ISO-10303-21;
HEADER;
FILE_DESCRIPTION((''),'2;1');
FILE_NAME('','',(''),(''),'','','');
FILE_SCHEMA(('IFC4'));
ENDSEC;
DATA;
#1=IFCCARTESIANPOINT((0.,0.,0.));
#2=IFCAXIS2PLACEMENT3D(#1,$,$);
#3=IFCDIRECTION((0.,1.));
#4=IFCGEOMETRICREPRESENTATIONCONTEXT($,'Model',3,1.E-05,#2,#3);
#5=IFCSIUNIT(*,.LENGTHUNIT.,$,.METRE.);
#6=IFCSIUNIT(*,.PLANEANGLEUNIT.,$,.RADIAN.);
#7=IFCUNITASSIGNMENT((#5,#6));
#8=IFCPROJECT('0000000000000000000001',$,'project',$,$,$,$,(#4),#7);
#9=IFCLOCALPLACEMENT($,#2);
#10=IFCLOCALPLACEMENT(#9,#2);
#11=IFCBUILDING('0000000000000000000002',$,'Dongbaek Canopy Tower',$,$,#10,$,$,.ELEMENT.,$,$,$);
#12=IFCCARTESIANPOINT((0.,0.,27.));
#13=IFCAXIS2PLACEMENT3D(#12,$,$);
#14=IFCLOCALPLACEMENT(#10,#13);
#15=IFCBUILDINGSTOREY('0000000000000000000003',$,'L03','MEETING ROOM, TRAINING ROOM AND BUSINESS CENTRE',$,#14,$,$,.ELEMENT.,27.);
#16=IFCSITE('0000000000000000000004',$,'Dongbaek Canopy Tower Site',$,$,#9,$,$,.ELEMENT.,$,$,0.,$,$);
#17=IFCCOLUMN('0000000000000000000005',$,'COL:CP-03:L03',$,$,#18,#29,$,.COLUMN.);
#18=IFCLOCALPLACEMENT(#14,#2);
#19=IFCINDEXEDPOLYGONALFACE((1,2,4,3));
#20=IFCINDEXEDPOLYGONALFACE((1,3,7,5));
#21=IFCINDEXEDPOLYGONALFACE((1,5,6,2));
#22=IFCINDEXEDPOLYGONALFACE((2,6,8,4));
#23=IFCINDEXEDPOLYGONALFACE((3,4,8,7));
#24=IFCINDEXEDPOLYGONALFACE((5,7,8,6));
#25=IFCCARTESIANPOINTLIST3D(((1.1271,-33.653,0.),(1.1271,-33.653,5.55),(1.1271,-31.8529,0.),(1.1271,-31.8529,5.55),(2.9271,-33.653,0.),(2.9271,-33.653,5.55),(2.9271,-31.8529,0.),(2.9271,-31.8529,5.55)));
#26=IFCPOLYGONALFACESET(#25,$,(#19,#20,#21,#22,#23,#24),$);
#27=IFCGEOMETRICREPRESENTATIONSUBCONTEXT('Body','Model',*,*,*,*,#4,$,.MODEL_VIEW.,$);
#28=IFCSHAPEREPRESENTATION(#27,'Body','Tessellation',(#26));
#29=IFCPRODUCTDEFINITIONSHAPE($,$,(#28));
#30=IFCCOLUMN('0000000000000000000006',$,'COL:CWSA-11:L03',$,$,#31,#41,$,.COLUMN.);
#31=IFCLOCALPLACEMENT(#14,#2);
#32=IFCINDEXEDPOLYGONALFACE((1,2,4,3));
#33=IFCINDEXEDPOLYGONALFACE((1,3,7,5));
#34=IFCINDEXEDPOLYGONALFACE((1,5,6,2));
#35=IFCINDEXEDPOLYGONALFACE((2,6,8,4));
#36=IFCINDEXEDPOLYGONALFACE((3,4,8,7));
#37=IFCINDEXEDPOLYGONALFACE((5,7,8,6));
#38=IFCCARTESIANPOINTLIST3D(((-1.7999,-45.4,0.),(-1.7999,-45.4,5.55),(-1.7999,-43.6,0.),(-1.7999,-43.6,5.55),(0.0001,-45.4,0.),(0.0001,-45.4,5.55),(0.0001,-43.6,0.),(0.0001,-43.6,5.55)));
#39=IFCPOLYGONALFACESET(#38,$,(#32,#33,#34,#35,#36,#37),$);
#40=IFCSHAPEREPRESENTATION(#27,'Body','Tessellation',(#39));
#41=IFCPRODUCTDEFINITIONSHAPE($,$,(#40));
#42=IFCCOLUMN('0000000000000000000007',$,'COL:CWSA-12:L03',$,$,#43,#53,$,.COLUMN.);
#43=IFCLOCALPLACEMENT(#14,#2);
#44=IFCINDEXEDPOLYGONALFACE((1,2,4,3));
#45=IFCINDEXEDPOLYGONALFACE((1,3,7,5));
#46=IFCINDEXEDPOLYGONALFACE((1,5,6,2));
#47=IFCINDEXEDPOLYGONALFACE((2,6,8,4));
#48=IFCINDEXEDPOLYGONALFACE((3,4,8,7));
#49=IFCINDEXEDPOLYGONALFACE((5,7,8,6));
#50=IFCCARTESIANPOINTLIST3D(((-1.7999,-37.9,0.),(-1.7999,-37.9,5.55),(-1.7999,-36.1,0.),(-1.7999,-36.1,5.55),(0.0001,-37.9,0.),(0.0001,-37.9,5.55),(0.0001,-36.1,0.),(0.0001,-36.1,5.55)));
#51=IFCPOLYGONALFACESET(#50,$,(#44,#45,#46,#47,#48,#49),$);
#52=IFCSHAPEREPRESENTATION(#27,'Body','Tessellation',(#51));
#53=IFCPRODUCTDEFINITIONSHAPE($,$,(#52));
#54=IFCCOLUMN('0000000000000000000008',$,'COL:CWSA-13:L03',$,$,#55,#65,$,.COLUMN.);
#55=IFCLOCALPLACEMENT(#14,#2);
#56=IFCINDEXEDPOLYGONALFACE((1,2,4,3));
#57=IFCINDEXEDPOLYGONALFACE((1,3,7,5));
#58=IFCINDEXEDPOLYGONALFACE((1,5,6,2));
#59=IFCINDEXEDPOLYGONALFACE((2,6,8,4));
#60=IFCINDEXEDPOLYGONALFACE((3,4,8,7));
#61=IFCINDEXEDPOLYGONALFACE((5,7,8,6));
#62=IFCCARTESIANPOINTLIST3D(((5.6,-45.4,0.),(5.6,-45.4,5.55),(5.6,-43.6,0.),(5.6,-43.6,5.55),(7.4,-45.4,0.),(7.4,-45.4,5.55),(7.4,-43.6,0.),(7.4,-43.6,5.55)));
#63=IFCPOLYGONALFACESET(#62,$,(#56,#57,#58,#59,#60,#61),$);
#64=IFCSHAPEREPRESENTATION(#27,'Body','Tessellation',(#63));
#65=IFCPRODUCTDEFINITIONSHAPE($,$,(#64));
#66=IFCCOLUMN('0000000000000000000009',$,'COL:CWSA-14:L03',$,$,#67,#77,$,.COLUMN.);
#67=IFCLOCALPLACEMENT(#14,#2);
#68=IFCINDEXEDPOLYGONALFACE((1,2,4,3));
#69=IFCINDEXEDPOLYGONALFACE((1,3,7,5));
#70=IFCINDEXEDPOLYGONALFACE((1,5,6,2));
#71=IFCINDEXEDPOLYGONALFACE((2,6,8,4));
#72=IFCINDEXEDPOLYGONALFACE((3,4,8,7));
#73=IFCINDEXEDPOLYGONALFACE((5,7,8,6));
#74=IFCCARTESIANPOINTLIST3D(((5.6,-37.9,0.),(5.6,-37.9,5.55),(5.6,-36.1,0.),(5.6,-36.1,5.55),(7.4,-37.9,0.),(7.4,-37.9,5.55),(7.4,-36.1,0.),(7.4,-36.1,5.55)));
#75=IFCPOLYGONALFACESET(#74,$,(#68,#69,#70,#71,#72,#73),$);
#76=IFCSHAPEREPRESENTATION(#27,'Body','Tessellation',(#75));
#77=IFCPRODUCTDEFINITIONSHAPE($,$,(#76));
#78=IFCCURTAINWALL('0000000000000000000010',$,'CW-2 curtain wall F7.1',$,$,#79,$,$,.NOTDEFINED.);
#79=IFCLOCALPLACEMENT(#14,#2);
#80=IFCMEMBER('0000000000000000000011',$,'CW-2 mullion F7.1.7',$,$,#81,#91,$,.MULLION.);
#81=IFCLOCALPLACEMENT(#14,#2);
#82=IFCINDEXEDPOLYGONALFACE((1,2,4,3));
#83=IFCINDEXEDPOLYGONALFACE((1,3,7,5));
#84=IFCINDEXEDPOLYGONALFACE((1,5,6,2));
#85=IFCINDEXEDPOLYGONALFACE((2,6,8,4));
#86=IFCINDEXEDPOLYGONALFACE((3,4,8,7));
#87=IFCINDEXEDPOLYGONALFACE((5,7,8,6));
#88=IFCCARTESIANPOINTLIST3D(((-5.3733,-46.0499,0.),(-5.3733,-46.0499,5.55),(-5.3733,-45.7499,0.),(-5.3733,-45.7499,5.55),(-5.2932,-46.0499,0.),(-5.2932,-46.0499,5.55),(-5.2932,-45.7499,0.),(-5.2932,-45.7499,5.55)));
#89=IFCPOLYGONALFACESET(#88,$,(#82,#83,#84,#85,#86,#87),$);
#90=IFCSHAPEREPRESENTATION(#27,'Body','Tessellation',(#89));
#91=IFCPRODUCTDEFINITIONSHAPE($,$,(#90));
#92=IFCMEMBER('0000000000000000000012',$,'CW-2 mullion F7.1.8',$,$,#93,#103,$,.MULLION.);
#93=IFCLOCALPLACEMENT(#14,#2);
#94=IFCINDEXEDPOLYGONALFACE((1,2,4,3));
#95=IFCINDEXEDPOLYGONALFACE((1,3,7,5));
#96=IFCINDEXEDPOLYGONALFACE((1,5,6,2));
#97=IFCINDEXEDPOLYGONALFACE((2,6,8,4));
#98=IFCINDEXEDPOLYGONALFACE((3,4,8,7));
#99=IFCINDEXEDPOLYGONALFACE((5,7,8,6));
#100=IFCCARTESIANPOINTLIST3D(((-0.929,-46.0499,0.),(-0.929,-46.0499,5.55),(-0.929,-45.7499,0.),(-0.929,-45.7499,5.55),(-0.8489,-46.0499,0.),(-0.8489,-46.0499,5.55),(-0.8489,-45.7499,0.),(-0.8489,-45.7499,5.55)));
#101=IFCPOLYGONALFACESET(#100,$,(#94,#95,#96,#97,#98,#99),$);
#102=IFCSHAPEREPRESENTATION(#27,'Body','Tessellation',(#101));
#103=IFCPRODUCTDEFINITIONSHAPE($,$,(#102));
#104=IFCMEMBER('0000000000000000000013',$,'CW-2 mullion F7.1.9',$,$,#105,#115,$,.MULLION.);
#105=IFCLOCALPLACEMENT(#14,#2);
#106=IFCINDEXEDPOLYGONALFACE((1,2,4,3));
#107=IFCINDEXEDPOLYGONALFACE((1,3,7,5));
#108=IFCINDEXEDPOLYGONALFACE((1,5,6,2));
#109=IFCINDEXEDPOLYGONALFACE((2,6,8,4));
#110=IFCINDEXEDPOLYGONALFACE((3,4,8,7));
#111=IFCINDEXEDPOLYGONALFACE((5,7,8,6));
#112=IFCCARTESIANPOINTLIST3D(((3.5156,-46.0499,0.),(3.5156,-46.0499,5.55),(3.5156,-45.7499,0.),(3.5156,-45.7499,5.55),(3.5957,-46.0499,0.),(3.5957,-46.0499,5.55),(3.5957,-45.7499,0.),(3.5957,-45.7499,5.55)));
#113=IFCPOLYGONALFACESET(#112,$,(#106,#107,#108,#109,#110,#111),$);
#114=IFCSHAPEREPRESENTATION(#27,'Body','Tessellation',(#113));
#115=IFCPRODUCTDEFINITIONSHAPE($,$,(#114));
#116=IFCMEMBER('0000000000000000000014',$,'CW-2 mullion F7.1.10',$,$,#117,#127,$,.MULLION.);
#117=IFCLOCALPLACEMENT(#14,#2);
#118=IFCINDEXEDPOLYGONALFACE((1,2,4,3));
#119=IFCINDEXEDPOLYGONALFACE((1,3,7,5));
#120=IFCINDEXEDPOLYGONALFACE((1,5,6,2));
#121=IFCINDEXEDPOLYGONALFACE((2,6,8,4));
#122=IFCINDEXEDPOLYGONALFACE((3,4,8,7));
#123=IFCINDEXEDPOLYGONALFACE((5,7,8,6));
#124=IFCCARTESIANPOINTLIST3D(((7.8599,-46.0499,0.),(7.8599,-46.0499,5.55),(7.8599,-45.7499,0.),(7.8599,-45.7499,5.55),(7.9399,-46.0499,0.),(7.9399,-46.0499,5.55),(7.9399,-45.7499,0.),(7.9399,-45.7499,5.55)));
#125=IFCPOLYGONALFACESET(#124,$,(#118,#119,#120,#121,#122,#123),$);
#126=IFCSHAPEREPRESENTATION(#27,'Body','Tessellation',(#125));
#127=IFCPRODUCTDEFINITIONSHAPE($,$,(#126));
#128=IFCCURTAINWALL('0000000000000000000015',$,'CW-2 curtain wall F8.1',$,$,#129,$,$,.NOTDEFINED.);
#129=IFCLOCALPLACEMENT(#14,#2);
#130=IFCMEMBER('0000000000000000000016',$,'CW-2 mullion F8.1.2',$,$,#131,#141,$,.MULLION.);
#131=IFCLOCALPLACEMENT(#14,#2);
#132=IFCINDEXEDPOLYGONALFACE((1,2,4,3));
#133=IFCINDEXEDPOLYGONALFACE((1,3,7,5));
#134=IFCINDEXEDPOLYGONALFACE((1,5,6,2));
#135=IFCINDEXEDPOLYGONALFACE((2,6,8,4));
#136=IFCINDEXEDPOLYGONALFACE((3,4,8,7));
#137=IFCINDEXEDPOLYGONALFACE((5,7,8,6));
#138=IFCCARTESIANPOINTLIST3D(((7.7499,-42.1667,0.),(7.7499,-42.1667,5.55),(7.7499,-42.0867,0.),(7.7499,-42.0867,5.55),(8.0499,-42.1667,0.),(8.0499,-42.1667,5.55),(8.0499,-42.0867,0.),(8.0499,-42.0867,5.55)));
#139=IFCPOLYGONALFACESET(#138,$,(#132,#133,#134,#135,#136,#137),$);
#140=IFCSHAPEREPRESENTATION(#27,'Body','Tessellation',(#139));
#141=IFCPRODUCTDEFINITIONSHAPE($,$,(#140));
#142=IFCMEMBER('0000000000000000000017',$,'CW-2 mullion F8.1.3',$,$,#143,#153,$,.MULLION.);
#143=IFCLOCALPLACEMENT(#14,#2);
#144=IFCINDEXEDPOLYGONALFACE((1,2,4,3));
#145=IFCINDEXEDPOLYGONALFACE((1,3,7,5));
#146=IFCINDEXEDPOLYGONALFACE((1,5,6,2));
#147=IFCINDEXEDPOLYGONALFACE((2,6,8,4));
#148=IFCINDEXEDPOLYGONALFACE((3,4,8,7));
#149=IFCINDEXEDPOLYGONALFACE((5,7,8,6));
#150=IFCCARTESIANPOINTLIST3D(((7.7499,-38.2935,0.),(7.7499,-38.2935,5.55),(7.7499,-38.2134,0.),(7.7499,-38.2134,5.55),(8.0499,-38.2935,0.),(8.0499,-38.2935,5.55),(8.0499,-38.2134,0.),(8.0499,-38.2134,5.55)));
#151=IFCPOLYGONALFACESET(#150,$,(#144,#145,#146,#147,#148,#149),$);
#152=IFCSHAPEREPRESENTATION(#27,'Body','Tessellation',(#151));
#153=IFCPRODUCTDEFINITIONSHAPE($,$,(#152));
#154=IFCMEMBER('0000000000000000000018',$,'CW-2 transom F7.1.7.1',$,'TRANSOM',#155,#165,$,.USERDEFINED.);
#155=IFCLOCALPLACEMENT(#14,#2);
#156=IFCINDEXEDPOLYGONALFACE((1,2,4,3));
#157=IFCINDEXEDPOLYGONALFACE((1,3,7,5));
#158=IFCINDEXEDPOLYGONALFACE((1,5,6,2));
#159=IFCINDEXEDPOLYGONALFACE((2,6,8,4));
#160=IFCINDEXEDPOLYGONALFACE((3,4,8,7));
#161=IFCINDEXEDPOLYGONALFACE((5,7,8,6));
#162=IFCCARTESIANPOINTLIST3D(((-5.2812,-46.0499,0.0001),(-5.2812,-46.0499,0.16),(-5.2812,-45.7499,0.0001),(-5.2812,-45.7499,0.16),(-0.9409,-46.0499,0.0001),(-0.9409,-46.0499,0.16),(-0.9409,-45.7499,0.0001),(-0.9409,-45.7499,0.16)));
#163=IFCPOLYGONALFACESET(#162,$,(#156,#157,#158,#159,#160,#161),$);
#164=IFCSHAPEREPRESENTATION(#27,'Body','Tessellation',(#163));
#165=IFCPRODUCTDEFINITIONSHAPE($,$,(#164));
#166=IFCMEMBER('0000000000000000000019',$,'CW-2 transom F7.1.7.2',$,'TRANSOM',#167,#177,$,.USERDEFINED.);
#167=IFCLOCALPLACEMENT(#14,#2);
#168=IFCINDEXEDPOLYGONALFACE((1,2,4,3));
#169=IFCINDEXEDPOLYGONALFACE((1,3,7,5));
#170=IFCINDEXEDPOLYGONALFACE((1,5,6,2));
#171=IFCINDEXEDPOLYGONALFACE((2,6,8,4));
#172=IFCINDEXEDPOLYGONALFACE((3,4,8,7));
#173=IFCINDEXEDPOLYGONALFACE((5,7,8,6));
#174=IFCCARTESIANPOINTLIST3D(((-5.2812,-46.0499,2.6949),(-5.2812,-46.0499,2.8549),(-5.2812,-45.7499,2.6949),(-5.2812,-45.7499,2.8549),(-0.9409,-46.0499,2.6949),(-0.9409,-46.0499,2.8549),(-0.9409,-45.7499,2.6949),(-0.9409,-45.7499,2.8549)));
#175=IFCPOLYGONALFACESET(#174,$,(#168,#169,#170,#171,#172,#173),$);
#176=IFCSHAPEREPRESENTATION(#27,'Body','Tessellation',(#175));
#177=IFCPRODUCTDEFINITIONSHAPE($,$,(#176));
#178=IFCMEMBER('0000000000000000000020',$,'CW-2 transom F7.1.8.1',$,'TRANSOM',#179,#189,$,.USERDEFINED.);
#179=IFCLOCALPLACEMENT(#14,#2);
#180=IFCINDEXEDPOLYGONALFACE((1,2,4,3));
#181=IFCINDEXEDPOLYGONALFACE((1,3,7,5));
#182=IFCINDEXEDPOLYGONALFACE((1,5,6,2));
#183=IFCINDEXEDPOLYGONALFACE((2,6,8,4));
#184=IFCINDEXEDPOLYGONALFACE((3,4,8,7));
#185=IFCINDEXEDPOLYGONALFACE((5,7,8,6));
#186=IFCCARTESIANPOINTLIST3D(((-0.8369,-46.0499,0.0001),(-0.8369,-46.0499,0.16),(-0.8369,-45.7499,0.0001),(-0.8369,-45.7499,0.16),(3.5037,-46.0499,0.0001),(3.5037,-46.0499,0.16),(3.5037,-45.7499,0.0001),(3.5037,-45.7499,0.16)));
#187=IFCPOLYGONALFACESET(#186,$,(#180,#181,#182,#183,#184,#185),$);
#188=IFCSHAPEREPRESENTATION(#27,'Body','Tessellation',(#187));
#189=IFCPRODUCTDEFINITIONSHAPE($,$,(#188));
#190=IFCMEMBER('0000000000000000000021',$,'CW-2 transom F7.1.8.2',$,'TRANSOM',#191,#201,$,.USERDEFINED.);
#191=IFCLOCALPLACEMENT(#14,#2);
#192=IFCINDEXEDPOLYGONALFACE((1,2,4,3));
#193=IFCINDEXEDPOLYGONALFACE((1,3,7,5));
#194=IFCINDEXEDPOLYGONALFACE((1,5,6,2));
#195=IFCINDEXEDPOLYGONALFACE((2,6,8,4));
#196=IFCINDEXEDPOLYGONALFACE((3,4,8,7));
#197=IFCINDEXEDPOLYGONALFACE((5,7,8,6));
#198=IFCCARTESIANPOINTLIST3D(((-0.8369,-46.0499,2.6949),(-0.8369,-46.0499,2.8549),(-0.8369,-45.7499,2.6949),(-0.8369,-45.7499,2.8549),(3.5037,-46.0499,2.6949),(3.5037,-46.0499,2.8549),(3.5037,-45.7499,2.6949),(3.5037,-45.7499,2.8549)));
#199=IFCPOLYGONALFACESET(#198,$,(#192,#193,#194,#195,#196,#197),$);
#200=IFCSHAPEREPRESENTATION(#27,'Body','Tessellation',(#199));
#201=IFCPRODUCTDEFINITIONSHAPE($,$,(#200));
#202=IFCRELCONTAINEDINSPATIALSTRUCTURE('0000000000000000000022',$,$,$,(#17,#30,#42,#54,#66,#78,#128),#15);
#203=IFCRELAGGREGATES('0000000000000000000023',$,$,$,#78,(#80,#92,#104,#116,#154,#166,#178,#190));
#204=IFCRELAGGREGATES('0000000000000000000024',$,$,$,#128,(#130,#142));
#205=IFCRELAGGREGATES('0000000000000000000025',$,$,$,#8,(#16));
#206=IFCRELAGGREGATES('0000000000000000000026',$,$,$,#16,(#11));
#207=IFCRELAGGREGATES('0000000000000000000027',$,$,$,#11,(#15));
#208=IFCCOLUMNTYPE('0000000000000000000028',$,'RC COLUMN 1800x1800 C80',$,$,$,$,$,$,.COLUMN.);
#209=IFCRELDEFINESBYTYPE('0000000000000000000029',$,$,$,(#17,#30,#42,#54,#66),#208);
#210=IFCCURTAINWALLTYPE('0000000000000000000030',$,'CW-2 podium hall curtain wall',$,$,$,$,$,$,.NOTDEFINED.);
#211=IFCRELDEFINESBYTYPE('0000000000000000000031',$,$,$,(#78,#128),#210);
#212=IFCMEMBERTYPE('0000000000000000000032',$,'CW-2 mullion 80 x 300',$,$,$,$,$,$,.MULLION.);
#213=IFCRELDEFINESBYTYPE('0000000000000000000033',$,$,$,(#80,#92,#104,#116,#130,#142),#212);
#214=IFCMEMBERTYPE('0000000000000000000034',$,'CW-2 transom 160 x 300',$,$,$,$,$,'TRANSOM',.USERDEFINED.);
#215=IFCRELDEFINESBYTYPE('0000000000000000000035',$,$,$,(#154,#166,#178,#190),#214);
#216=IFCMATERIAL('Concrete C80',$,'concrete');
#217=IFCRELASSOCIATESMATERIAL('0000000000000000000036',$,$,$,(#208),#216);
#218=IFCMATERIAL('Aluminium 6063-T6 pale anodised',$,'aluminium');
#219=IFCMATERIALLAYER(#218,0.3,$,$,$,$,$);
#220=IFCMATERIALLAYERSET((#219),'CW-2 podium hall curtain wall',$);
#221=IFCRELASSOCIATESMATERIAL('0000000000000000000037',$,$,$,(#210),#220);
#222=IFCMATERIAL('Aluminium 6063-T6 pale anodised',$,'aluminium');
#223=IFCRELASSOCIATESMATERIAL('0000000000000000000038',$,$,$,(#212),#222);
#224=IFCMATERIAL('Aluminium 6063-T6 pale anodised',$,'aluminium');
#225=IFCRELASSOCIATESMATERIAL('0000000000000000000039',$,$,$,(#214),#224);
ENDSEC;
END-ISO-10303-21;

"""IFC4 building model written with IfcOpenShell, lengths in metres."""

from ifc_helpers import new_model, si_unit, direction, frame, origin, origin_2d, place, context, subcontext, project, spatial, rectangle, extrude, material, layer, layer_set, material_profile, profile_set, type_object, element, aggregate, save


model = new_model("IFC4")

# Units and contexts
model_context = context("Model", 3, precision=1e-05, world=origin(), true_north=direction((0.0, 1.0)))
body_context = subcontext(model_context, "Body", "Model", "MODEL_VIEW")
ifc_project = project(units=[si_unit("LENGTHUNIT", "METRE"), si_unit("PLANEANGLEUNIT", "RADIAN")], contexts=[model_context])

# Site, building, storey
site_placement = place(None, origin())
site = spatial("IfcSite", under=ifc_project, at=site_placement, Name="Dongbaek Canopy Tower Site", CompositionType="ELEMENT", RefElevation=0.0)
building_placement = place(site_placement, origin())
building = spatial("IfcBuilding", under=site, at=building_placement, Name="Dongbaek Canopy Tower", CompositionType="ELEMENT")
storey_placement = place(building_placement, frame((0.0, 0.0, 27.0)))
storey = spatial("IfcBuildingStorey", under=building, at=storey_placement, Name="L03", Description="MEETING ROOM, TRAINING ROOM AND BUSINESS CENTRE", CompositionType="ELEMENT", Elevation=27.0)

# Columns
ifc_material_1 = material(Name="Concrete C80", Category="concrete")
ifc_material_profile_1 = material_profile(ifc_material_1, rectangle(XDim=1.8, YDim=1.8, at=origin_2d()), Name="RC COLUMN 1800x1800 C80")
ifc_profile_set_1 = profile_set([ifc_material_profile_1], Name="Concrete C80")
column_type = type_object("IfcColumnType", Name="RC COLUMN 1800x1800 C80", PredefinedType="COLUMN", material=ifc_profile_set_1)
for number, where, z_axis, x_axis, name in (
    (1, (2.0271, -32.7529, 0.0), (0.0, 0.0, 1.0), (1.0, 0.0, 0.0), "COL:CP-03:L03"),
    (2, (-0.8999, -44.5, 0.0), (0.0, 0.0, 1.0), (1.0, 0.0, 0.0), "COL:CWSA-11:L03"),
    (3, (-0.8999, -37.0, 0.0), (0.0, 0.0, 1.0), (1.0, 0.0, 0.0), "COL:CWSA-12:L03"),
    (4, (6.5, -44.5, 0.0), (0.0, 0.0, 1.0), (1.0, 0.0, 0.0), "COL:CWSA-13:L03"),
    (5, (6.5, -37.0, 0.0), (0.0, 0.0, 1.0), (1.0, 0.0, 0.0), "COL:CWSA-14:L03"),
):
    element("IfcColumn", number, at=place(storey_placement, frame(where, z_axis=z_axis, x_axis=x_axis)), inside=storey, type_object=column_type, Name=name, PredefinedType="COLUMN", context=body_context, shape_type="SweptSolid", body=[
        extrude(rectangle(XDim=1.8, YDim=1.8, at=origin_2d()), origin(), (0.0, 0.0, 1.0), 5.55),
    ])

# Curtain walls, members
ifc_material_2 = material(Name="Aluminium 6063-T6 pale anodised", Category="aluminium")
ifc_layer_1 = layer(ifc_material_2, 0.3)
ifc_layer_set_1 = layer_set([ifc_layer_1], Name="CW-2 podium hall curtain wall")
curtain_wall_type = type_object("IfcCurtainWallType", Name="CW-2 podium hall curtain wall", PredefinedType="NOTDEFINED", material=ifc_layer_set_1)
curtain_wall_1_placement = place(storey_placement, origin())
curtain_wall_1 = element("IfcCurtainWall", 6, at=curtain_wall_1_placement, inside=storey, type_object=curtain_wall_type, Name="CW-2 curtain wall F7.1", PredefinedType="NOTDEFINED")
ifc_material_3 = material(Name="Aluminium 6063-T6 pale anodised", Category="aluminium")
ifc_material_profile_2 = material_profile(ifc_material_3, rectangle(XDim=0.3, YDim=0.0801, at=origin_2d()), Name="CW-2 mullion 80 x 300")
ifc_profile_set_2 = profile_set([ifc_material_profile_2], Name="Aluminium 6063-T6 pale anodised")
member_type_1 = type_object("IfcMemberType", Name="CW-2 mullion 80 x 300", PredefinedType="MULLION", material=ifc_profile_set_2)
member_1_placement = place(storey_placement, frame((-5.3333, -45.8999, 0.0), z_axis=(0.0, 0.0, 1.0), x_axis=(0.0, -1.0, 0.0)))
member_1 = element("IfcMember", 7, at=member_1_placement, type_object=member_type_1, Name="CW-2 mullion F7.1.7", PredefinedType="MULLION", context=body_context, shape_type="SweptSolid", body=[
    extrude(rectangle(XDim=0.3, YDim=0.0801, at=origin_2d()), origin(), (0.0, 0.0, 1.0), 5.55),
])
member_2_placement = place(storey_placement, frame((-0.8889, -45.8999, 0.0), z_axis=(0.0, 0.0, 1.0), x_axis=(0.0, -1.0, 0.0)))
member_2 = element("IfcMember", 8, at=member_2_placement, type_object=member_type_1, Name="CW-2 mullion F7.1.8", PredefinedType="MULLION", context=body_context, shape_type="SweptSolid", body=[
    extrude(rectangle(XDim=0.3, YDim=0.0801, at=origin_2d()), origin(), (0.0, 0.0, 1.0), 5.55),
])
member_3_placement = place(storey_placement, frame((3.5557, -45.8999, 0.0), z_axis=(0.0, 0.0, 1.0), x_axis=(0.0, -1.0, 0.0)))
member_3 = element("IfcMember", 9, at=member_3_placement, type_object=member_type_1, Name="CW-2 mullion F7.1.9", PredefinedType="MULLION", context=body_context, shape_type="SweptSolid", body=[
    extrude(rectangle(XDim=0.3, YDim=0.0801, at=origin_2d()), origin(), (0.0, 0.0, 1.0), 5.55),
])
member_4_placement = place(storey_placement, frame((7.8999, -45.8999, 0.0), z_axis=(0.0, 0.0, 1.0), x_axis=(0.0, -1.0, 0.0)))
member_4 = element("IfcMember", 10, at=member_4_placement, type_object=member_type_1, Name="CW-2 mullion F7.1.10", PredefinedType="MULLION", context=body_context, shape_type="SweptSolid", body=[
    extrude(rectangle(XDim=0.3, YDim=0.0801, at=origin_2d()), origin(), (0.0, 0.0, 1.0), 5.55),
])
curtain_wall_2_placement = place(storey_placement, origin())
curtain_wall_2 = element("IfcCurtainWall", 11, at=curtain_wall_2_placement, inside=storey, type_object=curtain_wall_type, Name="CW-2 curtain wall F8.1", PredefinedType="NOTDEFINED")
member_5_placement = place(storey_placement, frame((7.8999, -42.1267, 0.0), z_axis=(0.0, 0.0, 1.0), x_axis=(1.0, 0.0, 0.0)))
member_5 = element("IfcMember", 12, at=member_5_placement, type_object=member_type_1, Name="CW-2 mullion F8.1.2", PredefinedType="MULLION", context=body_context, shape_type="SweptSolid", body=[
    extrude(rectangle(XDim=0.3, YDim=0.0801, at=origin_2d()), origin(), (0.0, 0.0, 1.0), 5.55),
])
member_6_placement = place(storey_placement, frame((7.8999, -38.2534, 0.0), z_axis=(0.0, 0.0, 1.0), x_axis=(1.0, 0.0, 0.0)))
member_6 = element("IfcMember", 13, at=member_6_placement, type_object=member_type_1, Name="CW-2 mullion F8.1.3", PredefinedType="MULLION", context=body_context, shape_type="SweptSolid", body=[
    extrude(rectangle(XDim=0.3, YDim=0.0801, at=origin_2d()), origin(), (0.0, 0.0, 1.0), 5.55),
])

# Members
ifc_material_4 = material(Name="Aluminium 6063-T6 pale anodised", Category="aluminium")
ifc_material_profile_3 = material_profile(ifc_material_4, rectangle(XDim=0.3, YDim=0.1599, at=origin_2d()), Name="CW-2 transom 160 x 300")
ifc_profile_set_3 = profile_set([ifc_material_profile_3], Name="Aluminium 6063-T6 pale anodised")
member_type_2 = type_object("IfcMemberType", Name="CW-2 transom 160 x 300", ElementType="TRANSOM", PredefinedType="USERDEFINED", material=ifc_profile_set_3)
member_7_placement = place(storey_placement, frame((-5.2812, -45.8999, 0.0801), z_axis=(1.0, 0.0, 0.0), x_axis=(0.0, 1.0, 0.0)))
member_7 = element("IfcMember", 14, at=member_7_placement, type_object=member_type_2, Name="CW-2 transom F7.1.7.1", ObjectType="TRANSOM", PredefinedType="USERDEFINED", context=body_context, shape_type="SweptSolid", body=[
    extrude(rectangle(XDim=0.3, YDim=0.1599, at=origin_2d()), origin(), (0.0, 0.0, 1.0), 4.3403),
])
member_8_placement = place(storey_placement, frame((-5.2812, -45.8999, 2.7749), z_axis=(1.0, 0.0, 0.0), x_axis=(0.0, 1.0, 0.0)))
member_8 = element("IfcMember", 15, at=member_8_placement, type_object=member_type_2, Name="CW-2 transom F7.1.7.2", ObjectType="TRANSOM", PredefinedType="USERDEFINED", context=body_context, shape_type="SweptSolid", body=[
    extrude(rectangle(XDim=0.3, YDim=0.1599, at=origin_2d()), origin(), (0.0, 0.0, 1.0), 4.3403),
])
member_9_placement = place(storey_placement, frame((-0.8369, -45.8999, 0.0801), z_axis=(1.0, 0.0, 0.0), x_axis=(0.0, 1.0, 0.0)))
member_9 = element("IfcMember", 16, at=member_9_placement, type_object=member_type_2, Name="CW-2 transom F7.1.8.1", ObjectType="TRANSOM", PredefinedType="USERDEFINED", context=body_context, shape_type="SweptSolid", body=[
    extrude(rectangle(XDim=0.3, YDim=0.1599, at=origin_2d()), origin(), (0.0, 0.0, 1.0), 4.3406),
])
member_10_placement = place(storey_placement, frame((-0.8369, -45.8999, 2.7749), z_axis=(1.0, 0.0, 0.0), x_axis=(0.0, 1.0, 0.0)))
member_10 = element("IfcMember", 17, at=member_10_placement, type_object=member_type_2, Name="CW-2 transom F7.1.8.2", ObjectType="TRANSOM", PredefinedType="USERDEFINED", context=body_context, shape_type="SweptSolid", body=[
    extrude(rectangle(XDim=0.3, YDim=0.1599, at=origin_2d()), origin(), (0.0, 0.0, 1.0), 4.3406),
])

aggregate(curtain_wall_1, [member_1, member_2, member_3, member_4, member_7, member_8, member_9, member_10])
aggregate(curtain_wall_2, [member_5, member_6])

save(model, "model.ifc")
